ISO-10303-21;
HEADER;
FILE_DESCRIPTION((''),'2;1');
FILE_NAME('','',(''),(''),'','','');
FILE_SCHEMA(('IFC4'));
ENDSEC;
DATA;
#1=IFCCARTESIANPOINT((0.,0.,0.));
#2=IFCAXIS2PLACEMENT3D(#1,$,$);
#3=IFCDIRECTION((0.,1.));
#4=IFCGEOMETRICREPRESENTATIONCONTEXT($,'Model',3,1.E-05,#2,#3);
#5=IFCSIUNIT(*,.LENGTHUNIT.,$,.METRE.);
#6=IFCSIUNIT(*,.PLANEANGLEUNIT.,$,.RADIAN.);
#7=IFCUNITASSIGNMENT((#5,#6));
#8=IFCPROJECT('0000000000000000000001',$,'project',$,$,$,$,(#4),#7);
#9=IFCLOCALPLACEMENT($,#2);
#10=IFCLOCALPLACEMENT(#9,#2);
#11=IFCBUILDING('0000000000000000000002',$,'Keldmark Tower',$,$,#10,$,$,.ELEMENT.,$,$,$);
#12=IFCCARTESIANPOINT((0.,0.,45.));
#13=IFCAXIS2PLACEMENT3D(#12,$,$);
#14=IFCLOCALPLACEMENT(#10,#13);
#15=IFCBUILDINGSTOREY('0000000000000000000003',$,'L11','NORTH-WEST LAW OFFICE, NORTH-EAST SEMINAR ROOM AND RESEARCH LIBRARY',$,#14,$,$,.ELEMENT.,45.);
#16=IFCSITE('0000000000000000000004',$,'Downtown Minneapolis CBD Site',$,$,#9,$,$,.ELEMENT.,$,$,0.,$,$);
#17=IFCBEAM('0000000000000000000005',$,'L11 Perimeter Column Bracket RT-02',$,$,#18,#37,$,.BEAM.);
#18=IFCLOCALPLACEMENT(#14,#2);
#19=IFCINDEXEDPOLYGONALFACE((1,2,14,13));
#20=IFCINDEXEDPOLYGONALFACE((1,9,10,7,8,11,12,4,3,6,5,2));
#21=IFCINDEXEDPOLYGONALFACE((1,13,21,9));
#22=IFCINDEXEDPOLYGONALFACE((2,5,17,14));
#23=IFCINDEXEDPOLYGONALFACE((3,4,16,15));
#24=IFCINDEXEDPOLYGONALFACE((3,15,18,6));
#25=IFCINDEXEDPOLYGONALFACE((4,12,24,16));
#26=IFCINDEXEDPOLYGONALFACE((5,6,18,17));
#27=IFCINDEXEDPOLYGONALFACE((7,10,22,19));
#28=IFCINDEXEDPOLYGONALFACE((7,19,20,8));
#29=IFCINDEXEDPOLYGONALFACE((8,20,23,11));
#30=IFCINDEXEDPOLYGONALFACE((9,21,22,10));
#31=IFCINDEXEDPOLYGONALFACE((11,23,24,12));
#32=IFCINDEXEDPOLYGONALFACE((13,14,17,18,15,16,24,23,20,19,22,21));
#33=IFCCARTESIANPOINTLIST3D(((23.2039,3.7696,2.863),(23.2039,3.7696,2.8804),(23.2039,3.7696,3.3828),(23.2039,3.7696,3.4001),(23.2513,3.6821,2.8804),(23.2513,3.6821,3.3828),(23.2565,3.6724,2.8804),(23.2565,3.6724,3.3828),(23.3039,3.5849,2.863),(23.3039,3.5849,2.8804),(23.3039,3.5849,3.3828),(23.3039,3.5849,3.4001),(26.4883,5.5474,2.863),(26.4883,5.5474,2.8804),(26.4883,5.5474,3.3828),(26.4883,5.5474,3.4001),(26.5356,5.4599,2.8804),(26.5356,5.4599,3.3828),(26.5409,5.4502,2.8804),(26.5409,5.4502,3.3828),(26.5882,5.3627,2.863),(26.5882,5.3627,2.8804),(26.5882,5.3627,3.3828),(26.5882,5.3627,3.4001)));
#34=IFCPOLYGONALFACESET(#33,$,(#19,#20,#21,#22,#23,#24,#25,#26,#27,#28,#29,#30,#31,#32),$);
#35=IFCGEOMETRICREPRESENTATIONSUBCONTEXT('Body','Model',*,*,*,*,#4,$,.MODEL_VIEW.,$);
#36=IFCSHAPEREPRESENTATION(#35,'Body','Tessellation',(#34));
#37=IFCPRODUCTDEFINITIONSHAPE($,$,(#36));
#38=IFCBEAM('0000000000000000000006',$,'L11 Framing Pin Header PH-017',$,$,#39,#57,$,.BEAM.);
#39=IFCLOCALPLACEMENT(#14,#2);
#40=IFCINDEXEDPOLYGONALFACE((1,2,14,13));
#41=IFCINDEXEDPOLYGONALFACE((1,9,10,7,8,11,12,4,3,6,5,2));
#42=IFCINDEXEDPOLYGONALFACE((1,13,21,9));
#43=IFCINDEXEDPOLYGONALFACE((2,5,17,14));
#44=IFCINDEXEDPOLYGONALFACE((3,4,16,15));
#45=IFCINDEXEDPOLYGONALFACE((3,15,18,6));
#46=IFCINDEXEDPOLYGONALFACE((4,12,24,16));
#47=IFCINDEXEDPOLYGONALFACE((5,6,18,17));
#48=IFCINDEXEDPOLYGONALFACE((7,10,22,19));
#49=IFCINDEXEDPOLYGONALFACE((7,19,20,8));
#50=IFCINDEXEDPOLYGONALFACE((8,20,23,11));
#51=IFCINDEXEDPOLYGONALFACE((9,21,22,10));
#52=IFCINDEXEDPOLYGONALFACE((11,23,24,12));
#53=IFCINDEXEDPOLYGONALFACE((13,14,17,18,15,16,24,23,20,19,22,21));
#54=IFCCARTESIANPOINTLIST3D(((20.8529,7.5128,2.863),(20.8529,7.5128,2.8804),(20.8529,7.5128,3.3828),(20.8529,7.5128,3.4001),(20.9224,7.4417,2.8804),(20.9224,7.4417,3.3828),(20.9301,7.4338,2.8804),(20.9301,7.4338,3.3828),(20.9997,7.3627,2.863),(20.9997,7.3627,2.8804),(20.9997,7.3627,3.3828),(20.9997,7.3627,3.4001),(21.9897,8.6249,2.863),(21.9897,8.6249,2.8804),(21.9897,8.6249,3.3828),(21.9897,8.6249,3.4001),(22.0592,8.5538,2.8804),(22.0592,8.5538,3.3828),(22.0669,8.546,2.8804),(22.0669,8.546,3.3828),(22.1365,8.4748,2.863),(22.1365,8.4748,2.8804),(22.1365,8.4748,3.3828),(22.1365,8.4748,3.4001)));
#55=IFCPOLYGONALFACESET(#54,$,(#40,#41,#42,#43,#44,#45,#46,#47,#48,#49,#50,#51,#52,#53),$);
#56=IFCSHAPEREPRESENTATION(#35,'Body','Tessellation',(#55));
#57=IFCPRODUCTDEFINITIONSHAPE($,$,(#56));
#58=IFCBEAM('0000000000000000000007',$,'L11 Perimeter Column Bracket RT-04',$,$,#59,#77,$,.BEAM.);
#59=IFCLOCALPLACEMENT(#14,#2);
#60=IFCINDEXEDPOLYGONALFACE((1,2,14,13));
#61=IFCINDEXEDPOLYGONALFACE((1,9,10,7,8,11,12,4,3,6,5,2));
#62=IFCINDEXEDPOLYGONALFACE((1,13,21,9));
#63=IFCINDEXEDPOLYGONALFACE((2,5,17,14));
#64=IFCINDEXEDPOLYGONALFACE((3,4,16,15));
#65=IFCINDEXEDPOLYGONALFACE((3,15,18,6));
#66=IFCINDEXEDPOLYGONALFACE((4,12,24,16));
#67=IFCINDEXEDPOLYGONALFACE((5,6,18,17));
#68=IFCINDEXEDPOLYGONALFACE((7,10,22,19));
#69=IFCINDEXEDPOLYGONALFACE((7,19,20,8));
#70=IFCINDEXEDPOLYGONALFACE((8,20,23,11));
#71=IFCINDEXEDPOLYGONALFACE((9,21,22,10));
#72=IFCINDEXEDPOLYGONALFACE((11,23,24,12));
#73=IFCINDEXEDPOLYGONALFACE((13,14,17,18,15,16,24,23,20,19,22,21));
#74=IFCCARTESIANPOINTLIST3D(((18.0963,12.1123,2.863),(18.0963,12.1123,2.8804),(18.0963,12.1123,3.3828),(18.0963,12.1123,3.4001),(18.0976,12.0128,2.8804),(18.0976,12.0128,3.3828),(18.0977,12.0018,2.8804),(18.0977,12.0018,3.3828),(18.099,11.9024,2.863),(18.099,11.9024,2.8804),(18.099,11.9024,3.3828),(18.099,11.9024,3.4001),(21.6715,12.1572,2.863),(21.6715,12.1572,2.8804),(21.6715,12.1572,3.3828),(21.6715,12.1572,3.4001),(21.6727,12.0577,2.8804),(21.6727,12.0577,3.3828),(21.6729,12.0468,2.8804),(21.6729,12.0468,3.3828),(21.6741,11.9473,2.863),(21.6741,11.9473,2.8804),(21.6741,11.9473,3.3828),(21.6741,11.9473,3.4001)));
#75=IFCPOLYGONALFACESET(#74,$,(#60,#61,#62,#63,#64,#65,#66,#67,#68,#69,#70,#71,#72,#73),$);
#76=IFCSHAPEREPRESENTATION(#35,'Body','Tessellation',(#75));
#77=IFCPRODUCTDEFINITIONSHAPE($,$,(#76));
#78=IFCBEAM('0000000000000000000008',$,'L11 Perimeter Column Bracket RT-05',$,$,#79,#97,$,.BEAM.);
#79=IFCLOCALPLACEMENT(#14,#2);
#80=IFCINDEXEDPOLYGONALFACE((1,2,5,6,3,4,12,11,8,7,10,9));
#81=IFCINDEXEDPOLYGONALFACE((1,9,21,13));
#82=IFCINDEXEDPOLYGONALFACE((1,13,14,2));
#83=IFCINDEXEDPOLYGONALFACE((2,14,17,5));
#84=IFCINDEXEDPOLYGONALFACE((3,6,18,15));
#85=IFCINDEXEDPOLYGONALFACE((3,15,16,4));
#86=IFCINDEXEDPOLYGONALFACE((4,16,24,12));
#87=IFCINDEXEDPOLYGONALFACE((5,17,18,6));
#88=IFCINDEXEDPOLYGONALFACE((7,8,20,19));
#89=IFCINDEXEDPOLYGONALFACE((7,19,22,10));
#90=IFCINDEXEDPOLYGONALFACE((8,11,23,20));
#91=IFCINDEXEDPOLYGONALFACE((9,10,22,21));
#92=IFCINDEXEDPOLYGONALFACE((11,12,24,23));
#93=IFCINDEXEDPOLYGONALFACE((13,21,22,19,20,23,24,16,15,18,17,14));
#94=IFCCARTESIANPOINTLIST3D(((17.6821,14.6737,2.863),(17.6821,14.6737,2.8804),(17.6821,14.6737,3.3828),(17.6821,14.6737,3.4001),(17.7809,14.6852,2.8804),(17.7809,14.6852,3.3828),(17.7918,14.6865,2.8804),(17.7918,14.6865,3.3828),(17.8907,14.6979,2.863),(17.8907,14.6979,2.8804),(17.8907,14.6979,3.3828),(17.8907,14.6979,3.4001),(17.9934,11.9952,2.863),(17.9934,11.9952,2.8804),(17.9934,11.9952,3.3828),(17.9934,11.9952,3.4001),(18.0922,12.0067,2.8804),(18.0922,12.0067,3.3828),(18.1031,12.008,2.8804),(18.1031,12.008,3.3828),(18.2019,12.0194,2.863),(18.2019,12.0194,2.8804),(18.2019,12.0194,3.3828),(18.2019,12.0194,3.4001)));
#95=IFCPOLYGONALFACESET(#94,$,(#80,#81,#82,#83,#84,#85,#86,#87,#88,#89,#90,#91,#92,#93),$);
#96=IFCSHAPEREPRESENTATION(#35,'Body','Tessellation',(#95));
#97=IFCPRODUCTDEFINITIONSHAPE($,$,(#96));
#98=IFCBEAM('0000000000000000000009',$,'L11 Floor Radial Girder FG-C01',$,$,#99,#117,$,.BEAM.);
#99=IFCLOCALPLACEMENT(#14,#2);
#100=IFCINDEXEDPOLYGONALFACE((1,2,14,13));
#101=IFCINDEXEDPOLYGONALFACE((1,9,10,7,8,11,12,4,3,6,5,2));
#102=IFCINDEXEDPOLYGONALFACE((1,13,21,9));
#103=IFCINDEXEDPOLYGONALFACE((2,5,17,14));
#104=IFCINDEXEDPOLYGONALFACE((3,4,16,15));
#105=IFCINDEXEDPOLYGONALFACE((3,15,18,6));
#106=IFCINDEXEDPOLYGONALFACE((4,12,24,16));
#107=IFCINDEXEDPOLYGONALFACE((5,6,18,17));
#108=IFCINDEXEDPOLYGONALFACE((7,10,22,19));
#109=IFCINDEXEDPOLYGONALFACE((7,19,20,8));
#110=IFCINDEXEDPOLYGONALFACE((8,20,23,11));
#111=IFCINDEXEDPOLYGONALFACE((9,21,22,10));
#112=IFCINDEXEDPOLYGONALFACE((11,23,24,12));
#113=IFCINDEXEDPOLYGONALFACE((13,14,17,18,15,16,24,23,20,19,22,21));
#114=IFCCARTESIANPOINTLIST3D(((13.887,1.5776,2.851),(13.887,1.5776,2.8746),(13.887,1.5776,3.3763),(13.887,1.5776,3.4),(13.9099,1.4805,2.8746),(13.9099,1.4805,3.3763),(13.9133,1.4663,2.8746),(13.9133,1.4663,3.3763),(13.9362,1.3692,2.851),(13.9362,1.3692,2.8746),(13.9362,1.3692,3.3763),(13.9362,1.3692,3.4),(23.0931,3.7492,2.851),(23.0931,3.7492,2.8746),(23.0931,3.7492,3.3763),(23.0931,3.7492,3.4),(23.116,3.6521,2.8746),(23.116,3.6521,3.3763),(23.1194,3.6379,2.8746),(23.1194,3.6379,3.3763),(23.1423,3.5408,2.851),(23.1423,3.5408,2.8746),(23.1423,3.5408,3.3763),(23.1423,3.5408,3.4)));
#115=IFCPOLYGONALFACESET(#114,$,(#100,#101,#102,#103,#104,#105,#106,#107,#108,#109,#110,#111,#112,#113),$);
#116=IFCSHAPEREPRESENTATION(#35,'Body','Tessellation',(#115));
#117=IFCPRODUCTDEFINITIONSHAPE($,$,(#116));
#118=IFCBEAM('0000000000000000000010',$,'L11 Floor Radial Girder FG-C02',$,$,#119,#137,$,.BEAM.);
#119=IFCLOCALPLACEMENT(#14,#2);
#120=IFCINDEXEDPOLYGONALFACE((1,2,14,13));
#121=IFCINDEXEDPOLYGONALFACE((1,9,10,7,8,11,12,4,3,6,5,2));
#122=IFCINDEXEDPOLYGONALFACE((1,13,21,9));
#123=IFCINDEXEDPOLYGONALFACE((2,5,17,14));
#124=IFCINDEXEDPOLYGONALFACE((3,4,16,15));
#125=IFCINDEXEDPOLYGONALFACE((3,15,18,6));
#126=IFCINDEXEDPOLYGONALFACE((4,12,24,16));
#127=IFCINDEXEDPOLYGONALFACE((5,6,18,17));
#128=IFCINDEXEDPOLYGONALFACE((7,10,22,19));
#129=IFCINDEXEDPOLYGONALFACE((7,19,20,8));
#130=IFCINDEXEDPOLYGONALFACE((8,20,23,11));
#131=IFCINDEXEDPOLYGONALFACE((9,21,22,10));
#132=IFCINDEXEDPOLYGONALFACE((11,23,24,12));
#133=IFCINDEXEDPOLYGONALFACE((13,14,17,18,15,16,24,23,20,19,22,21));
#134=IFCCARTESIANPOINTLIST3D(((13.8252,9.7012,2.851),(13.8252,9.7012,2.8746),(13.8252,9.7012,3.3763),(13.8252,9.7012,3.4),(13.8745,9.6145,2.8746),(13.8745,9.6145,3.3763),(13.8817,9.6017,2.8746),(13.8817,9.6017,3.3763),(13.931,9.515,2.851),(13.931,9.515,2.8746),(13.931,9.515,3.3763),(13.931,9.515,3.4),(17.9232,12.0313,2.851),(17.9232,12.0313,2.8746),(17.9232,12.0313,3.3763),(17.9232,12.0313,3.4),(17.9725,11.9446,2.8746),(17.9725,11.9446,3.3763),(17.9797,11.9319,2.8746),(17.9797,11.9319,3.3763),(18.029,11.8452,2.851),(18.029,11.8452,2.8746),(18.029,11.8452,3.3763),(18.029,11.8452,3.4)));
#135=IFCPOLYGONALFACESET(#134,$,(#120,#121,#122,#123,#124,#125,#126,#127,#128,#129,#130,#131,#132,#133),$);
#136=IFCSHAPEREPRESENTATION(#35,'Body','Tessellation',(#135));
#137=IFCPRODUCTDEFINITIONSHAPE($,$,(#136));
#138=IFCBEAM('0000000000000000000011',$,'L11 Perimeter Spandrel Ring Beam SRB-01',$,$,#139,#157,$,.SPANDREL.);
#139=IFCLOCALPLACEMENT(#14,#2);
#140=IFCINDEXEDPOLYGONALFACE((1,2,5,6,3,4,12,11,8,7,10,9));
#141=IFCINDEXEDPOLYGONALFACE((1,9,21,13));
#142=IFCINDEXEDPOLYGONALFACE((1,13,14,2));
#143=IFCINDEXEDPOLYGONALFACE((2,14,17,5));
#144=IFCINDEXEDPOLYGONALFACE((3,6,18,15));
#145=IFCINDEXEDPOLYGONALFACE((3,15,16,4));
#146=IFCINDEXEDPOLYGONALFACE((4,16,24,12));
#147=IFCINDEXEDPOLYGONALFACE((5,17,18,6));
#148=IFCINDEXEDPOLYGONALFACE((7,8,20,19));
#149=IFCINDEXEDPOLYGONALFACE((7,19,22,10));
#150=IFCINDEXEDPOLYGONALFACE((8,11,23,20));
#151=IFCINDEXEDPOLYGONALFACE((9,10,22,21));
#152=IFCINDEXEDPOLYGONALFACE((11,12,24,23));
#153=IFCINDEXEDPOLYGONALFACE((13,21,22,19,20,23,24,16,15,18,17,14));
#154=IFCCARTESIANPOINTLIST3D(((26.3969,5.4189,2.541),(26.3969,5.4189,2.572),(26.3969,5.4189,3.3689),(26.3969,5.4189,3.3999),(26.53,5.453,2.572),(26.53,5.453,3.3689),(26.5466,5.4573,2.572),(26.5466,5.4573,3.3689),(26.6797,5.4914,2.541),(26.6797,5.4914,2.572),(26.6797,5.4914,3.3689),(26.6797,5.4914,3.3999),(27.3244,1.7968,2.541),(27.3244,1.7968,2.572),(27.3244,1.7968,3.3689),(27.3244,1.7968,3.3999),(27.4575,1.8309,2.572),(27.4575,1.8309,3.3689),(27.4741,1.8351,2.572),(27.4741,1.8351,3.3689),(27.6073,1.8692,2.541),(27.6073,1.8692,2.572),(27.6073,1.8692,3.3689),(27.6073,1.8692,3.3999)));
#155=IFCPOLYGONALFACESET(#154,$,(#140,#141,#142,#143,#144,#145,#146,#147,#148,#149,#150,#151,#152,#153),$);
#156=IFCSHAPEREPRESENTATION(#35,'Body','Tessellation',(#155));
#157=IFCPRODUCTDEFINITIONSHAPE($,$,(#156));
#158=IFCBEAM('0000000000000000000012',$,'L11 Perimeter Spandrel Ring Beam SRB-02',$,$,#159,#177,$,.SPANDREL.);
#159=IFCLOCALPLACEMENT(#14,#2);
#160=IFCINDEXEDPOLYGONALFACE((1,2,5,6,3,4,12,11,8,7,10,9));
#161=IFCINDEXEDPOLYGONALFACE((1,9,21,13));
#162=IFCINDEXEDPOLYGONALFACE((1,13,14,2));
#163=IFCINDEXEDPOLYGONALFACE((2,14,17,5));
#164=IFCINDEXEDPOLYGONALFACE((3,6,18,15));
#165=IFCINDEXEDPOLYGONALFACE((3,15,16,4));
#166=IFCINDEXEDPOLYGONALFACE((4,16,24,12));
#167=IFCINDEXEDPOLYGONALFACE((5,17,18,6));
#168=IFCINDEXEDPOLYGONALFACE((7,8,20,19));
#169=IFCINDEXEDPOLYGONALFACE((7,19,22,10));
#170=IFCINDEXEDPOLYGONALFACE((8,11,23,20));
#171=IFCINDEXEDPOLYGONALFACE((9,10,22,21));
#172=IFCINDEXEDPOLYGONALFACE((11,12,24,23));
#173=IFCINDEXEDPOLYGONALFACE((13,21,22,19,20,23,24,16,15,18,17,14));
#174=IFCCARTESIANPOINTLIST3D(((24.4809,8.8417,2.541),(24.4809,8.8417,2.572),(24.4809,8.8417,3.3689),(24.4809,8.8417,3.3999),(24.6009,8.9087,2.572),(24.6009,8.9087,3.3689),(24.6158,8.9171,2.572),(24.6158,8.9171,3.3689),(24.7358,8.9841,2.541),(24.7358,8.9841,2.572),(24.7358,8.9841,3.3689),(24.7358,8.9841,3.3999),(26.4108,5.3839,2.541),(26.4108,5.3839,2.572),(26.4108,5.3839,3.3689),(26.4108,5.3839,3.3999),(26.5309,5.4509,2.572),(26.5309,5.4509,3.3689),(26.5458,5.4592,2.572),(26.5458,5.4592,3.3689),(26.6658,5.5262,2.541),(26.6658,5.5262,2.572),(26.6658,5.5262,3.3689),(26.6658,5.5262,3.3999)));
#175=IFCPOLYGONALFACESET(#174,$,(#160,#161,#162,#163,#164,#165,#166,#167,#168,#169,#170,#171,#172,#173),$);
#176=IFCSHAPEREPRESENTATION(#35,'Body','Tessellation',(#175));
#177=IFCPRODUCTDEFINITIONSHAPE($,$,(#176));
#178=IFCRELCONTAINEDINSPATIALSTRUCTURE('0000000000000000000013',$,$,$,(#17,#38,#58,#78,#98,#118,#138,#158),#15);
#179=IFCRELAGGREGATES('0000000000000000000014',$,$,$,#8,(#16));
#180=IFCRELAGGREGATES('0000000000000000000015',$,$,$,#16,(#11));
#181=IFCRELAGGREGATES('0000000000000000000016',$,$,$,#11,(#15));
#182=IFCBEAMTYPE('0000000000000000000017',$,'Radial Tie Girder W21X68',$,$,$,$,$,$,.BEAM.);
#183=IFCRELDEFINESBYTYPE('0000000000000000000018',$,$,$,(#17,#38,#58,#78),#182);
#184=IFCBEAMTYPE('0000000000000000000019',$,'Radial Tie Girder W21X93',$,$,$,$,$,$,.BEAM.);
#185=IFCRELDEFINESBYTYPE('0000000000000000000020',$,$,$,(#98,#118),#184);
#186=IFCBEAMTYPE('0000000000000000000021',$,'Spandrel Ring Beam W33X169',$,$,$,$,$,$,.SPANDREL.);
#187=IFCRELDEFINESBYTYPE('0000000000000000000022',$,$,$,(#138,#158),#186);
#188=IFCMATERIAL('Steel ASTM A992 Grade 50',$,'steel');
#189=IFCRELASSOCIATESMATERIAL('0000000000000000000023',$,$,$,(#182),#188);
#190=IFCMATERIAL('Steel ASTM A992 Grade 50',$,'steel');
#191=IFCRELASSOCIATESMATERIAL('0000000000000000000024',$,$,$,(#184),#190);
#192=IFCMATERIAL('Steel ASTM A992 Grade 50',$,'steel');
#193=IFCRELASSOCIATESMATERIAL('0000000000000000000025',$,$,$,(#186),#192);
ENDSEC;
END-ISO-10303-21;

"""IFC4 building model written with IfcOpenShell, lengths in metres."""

from ifc_helpers import new_model, si_unit, direction, frame, origin, origin_2d, place, context, subcontext, project, spatial, i_section, extrude, material, material_profile, profile_set, type_object, element, save


model = new_model("IFC4")

# Units and contexts
model_context = context("Model", 3, precision=1e-05, world=origin(), true_north=direction((0.0, 1.0)))
body_context = subcontext(model_context, "Body", "Model", "MODEL_VIEW")
ifc_project = project(units=[si_unit("LENGTHUNIT", "METRE"), si_unit("PLANEANGLEUNIT", "RADIAN")], contexts=[model_context])

# Site, building, storey
site_placement = place(None, origin())
site = spatial("IfcSite", under=ifc_project, at=site_placement, Name="Downtown Minneapolis CBD Site", CompositionType="ELEMENT", RefElevation=0.0)
building_placement = place(site_placement, origin())
building = spatial("IfcBuilding", under=site, at=building_placement, Name="Keldmark Tower", CompositionType="ELEMENT")
storey_placement = place(building_placement, frame((0.0, 0.0, 45.0)))
storey = spatial("IfcBuildingStorey", under=building, at=storey_placement, Name="L11", Description="NORTH-WEST LAW OFFICE, NORTH-EAST SEMINAR ROOM AND RESEARCH LIBRARY", CompositionType="ELEMENT", Elevation=45.0)

# Beams
ifc_material_1 = material(Name="Steel ASTM A992 Grade 50", Category="steel")
ifc_material_profile_1 = material_profile(ifc_material_1, i_section(OverallWidth=0.21, OverallDepth=0.5371, WebThickness=0.011, FlangeThickness=0.0173, at=origin_2d()), Name="W21X68")
ifc_profile_set_1 = profile_set([ifc_material_profile_1], Name="Steel ASTM A992 Grade 50")
beam_type_1 = type_object("IfcBeamType", Name="Radial Tie Girder W21X68", PredefinedType="BEAM", material=ifc_profile_set_1)
beam_1_placement = place(storey_placement, frame((23.2539, 3.6772, 3.1316), z_axis=(0.87943, 0.476028, 0.0), x_axis=(-0.476028, 0.87943, 0.0)))
element("IfcBeam", 1, at=beam_1_placement, inside=storey, type_object=beam_type_1, Name="L11 Perimeter Column Bracket RT-02", PredefinedType="BEAM", context=body_context, shape_type="SweptSolid", body=[
    extrude(i_section(OverallWidth=0.21, OverallDepth=0.5371, WebThickness=0.011, FlangeThickness=0.0173, at=origin_2d()), origin(), (0.0, 0.0, 1.0), 3.7346),
])
beam_2_placement = place(storey_placement, frame((20.9263, 7.4377, 3.1316), z_axis=(0.714817, 0.699311, 0.0), x_axis=(-0.699311, 0.714817, 0.0)))
element("IfcBeam", 2, at=beam_2_placement, inside=storey, type_object=beam_type_1, Name="L11 Framing Pin Header PH-017", PredefinedType="BEAM", context=body_context, shape_type="SweptSolid", body=[
    extrude(i_section(OverallWidth=0.21, OverallDepth=0.5371, WebThickness=0.011, FlangeThickness=0.0173, at=origin_2d()), origin(), (0.0, 0.0, 1.0), 1.5903),
])
beam_3_placement = place(storey_placement, frame((18.0977, 12.0073, 3.1316), z_axis=(0.999921, 0.012564, 0.0), x_axis=(-0.012564, 0.999921, 0.0)))
element("IfcBeam", 3, at=beam_3_placement, inside=storey, type_object=beam_type_1, Name="L11 Perimeter Column Bracket RT-04", PredefinedType="BEAM", context=body_context, shape_type="SweptSolid", body=[
    extrude(i_section(OverallWidth=0.21, OverallDepth=0.5371, WebThickness=0.011, FlangeThickness=0.0173, at=origin_2d()), origin(), (0.0, 0.0, 1.0), 3.5754),
])
beam_4_placement = place(storey_placement, frame((18.0977, 12.0073, 3.1316), z_axis=(-0.115439, 0.993315, 0.0), x_axis=(-0.993315, -0.115439, 0.0)))
element("IfcBeam", 4, at=beam_4_placement, inside=storey, type_object=beam_type_1, Name="L11 Perimeter Column Bracket RT-05", PredefinedType="BEAM", context=body_context, shape_type="SweptSolid", body=[
    extrude(i_section(OverallWidth=0.21, OverallDepth=0.5371, WebThickness=0.011, FlangeThickness=0.0173, at=origin_2d()), origin(), (0.0, 0.0, 1.0), 2.6965),
])
ifc_material_2 = material(Name="Steel ASTM A992 Grade 50", Category="steel")
ifc_material_profile_2 = material_profile(ifc_material_2, i_section(OverallWidth=0.2141, OverallDepth=0.5491, WebThickness=0.0146, FlangeThickness=0.0237, at=origin_2d()), Name="W21X93")
ifc_profile_set_2 = profile_set([ifc_material_profile_2], Name="Steel ASTM A992 Grade 50")
beam_type_2 = type_object("IfcBeamType", Name="Radial Tie Girder W21X93", PredefinedType="BEAM", material=ifc_profile_set_2)
beam_5_placement = place(storey_placement, frame((23.1177, 3.645, 3.1255), z_axis=(-0.973287, -0.22959, 0.0), x_axis=(0.22959, -0.973287, 0.0)))
element("IfcBeam", 5, at=beam_5_placement, inside=storey, type_object=beam_type_2, Name="L11 Floor Radial Girder FG-C01", PredefinedType="BEAM", context=body_context, shape_type="SweptSolid", body=[
    extrude(i_section(OverallWidth=0.2141, OverallDepth=0.5491, WebThickness=0.0146, FlangeThickness=0.0237, at=origin_2d()), origin(), (0.0, 0.0, 1.0), 9.4587),
])
beam_6_placement = place(storey_placement, frame((17.9761, 11.9382, 3.1255), z_axis=(-0.869299, -0.494286, 0.0), x_axis=(0.494286, -0.869299, 0.0)))
element("IfcBeam", 6, at=beam_6_placement, inside=storey, type_object=beam_type_2, Name="L11 Floor Radial Girder FG-C02", PredefinedType="BEAM", context=body_context, shape_type="SweptSolid", body=[
    extrude(i_section(OverallWidth=0.2141, OverallDepth=0.5491, WebThickness=0.0146, FlangeThickness=0.0237, at=origin_2d()), origin(), (0.0, 0.0, 1.0), 4.7141),
])
ifc_material_3 = material(Name="Steel ASTM A992 Grade 50", Category="steel")
ifc_material_profile_3 = material_profile(ifc_material_3, i_section(OverallWidth=0.292, OverallDepth=0.8589, WebThickness=0.0171, FlangeThickness=0.031, at=origin_2d()), Name="W33X169")
ifc_profile_set_3 = profile_set([ifc_material_profile_3], Name="Steel ASTM A992 Grade 50")
beam_type_3 = type_object("IfcBeamType", Name="Spandrel Ring Beam W33X169", PredefinedType="SPANDREL", material=ifc_profile_set_3)
beam_7_placement = place(storey_placement, frame((27.4658, 1.833, 2.9705), z_axis=(-0.248063, 0.968744, 0.0), x_axis=(-0.968744, -0.248063, 0.0)))
element("IfcBeam", 7, at=beam_7_placement, inside=storey, type_object=beam_type_3, Name="L11 Perimeter Spandrel Ring Beam SRB-01", PredefinedType="SPANDREL", context=body_context, shape_type="SweptSolid", body=[
    extrude(i_section(OverallWidth=0.292, OverallDepth=0.8589, WebThickness=0.0171, FlangeThickness=0.031, at=origin_2d()), origin(), (0.0, 0.0, 1.0), 3.739),
])
beam_8_placement = place(storey_placement, frame((26.5383, 5.4551, 2.9705), z_axis=(-0.487369, 0.873196, 0.0), x_axis=(-0.873196, -0.487369, 0.0)))
element("IfcBeam", 8, at=beam_8_placement, inside=storey, type_object=beam_type_3, Name="L11 Perimeter Spandrel Ring Beam SRB-02", PredefinedType="SPANDREL", context=body_context, shape_type="SweptSolid", body=[
    extrude(i_section(OverallWidth=0.292, OverallDepth=0.8589, WebThickness=0.0171, FlangeThickness=0.031, at=origin_2d()), origin(), (0.0, 0.0, 1.0), 3.96),
])

save(model, "model.ifc")
